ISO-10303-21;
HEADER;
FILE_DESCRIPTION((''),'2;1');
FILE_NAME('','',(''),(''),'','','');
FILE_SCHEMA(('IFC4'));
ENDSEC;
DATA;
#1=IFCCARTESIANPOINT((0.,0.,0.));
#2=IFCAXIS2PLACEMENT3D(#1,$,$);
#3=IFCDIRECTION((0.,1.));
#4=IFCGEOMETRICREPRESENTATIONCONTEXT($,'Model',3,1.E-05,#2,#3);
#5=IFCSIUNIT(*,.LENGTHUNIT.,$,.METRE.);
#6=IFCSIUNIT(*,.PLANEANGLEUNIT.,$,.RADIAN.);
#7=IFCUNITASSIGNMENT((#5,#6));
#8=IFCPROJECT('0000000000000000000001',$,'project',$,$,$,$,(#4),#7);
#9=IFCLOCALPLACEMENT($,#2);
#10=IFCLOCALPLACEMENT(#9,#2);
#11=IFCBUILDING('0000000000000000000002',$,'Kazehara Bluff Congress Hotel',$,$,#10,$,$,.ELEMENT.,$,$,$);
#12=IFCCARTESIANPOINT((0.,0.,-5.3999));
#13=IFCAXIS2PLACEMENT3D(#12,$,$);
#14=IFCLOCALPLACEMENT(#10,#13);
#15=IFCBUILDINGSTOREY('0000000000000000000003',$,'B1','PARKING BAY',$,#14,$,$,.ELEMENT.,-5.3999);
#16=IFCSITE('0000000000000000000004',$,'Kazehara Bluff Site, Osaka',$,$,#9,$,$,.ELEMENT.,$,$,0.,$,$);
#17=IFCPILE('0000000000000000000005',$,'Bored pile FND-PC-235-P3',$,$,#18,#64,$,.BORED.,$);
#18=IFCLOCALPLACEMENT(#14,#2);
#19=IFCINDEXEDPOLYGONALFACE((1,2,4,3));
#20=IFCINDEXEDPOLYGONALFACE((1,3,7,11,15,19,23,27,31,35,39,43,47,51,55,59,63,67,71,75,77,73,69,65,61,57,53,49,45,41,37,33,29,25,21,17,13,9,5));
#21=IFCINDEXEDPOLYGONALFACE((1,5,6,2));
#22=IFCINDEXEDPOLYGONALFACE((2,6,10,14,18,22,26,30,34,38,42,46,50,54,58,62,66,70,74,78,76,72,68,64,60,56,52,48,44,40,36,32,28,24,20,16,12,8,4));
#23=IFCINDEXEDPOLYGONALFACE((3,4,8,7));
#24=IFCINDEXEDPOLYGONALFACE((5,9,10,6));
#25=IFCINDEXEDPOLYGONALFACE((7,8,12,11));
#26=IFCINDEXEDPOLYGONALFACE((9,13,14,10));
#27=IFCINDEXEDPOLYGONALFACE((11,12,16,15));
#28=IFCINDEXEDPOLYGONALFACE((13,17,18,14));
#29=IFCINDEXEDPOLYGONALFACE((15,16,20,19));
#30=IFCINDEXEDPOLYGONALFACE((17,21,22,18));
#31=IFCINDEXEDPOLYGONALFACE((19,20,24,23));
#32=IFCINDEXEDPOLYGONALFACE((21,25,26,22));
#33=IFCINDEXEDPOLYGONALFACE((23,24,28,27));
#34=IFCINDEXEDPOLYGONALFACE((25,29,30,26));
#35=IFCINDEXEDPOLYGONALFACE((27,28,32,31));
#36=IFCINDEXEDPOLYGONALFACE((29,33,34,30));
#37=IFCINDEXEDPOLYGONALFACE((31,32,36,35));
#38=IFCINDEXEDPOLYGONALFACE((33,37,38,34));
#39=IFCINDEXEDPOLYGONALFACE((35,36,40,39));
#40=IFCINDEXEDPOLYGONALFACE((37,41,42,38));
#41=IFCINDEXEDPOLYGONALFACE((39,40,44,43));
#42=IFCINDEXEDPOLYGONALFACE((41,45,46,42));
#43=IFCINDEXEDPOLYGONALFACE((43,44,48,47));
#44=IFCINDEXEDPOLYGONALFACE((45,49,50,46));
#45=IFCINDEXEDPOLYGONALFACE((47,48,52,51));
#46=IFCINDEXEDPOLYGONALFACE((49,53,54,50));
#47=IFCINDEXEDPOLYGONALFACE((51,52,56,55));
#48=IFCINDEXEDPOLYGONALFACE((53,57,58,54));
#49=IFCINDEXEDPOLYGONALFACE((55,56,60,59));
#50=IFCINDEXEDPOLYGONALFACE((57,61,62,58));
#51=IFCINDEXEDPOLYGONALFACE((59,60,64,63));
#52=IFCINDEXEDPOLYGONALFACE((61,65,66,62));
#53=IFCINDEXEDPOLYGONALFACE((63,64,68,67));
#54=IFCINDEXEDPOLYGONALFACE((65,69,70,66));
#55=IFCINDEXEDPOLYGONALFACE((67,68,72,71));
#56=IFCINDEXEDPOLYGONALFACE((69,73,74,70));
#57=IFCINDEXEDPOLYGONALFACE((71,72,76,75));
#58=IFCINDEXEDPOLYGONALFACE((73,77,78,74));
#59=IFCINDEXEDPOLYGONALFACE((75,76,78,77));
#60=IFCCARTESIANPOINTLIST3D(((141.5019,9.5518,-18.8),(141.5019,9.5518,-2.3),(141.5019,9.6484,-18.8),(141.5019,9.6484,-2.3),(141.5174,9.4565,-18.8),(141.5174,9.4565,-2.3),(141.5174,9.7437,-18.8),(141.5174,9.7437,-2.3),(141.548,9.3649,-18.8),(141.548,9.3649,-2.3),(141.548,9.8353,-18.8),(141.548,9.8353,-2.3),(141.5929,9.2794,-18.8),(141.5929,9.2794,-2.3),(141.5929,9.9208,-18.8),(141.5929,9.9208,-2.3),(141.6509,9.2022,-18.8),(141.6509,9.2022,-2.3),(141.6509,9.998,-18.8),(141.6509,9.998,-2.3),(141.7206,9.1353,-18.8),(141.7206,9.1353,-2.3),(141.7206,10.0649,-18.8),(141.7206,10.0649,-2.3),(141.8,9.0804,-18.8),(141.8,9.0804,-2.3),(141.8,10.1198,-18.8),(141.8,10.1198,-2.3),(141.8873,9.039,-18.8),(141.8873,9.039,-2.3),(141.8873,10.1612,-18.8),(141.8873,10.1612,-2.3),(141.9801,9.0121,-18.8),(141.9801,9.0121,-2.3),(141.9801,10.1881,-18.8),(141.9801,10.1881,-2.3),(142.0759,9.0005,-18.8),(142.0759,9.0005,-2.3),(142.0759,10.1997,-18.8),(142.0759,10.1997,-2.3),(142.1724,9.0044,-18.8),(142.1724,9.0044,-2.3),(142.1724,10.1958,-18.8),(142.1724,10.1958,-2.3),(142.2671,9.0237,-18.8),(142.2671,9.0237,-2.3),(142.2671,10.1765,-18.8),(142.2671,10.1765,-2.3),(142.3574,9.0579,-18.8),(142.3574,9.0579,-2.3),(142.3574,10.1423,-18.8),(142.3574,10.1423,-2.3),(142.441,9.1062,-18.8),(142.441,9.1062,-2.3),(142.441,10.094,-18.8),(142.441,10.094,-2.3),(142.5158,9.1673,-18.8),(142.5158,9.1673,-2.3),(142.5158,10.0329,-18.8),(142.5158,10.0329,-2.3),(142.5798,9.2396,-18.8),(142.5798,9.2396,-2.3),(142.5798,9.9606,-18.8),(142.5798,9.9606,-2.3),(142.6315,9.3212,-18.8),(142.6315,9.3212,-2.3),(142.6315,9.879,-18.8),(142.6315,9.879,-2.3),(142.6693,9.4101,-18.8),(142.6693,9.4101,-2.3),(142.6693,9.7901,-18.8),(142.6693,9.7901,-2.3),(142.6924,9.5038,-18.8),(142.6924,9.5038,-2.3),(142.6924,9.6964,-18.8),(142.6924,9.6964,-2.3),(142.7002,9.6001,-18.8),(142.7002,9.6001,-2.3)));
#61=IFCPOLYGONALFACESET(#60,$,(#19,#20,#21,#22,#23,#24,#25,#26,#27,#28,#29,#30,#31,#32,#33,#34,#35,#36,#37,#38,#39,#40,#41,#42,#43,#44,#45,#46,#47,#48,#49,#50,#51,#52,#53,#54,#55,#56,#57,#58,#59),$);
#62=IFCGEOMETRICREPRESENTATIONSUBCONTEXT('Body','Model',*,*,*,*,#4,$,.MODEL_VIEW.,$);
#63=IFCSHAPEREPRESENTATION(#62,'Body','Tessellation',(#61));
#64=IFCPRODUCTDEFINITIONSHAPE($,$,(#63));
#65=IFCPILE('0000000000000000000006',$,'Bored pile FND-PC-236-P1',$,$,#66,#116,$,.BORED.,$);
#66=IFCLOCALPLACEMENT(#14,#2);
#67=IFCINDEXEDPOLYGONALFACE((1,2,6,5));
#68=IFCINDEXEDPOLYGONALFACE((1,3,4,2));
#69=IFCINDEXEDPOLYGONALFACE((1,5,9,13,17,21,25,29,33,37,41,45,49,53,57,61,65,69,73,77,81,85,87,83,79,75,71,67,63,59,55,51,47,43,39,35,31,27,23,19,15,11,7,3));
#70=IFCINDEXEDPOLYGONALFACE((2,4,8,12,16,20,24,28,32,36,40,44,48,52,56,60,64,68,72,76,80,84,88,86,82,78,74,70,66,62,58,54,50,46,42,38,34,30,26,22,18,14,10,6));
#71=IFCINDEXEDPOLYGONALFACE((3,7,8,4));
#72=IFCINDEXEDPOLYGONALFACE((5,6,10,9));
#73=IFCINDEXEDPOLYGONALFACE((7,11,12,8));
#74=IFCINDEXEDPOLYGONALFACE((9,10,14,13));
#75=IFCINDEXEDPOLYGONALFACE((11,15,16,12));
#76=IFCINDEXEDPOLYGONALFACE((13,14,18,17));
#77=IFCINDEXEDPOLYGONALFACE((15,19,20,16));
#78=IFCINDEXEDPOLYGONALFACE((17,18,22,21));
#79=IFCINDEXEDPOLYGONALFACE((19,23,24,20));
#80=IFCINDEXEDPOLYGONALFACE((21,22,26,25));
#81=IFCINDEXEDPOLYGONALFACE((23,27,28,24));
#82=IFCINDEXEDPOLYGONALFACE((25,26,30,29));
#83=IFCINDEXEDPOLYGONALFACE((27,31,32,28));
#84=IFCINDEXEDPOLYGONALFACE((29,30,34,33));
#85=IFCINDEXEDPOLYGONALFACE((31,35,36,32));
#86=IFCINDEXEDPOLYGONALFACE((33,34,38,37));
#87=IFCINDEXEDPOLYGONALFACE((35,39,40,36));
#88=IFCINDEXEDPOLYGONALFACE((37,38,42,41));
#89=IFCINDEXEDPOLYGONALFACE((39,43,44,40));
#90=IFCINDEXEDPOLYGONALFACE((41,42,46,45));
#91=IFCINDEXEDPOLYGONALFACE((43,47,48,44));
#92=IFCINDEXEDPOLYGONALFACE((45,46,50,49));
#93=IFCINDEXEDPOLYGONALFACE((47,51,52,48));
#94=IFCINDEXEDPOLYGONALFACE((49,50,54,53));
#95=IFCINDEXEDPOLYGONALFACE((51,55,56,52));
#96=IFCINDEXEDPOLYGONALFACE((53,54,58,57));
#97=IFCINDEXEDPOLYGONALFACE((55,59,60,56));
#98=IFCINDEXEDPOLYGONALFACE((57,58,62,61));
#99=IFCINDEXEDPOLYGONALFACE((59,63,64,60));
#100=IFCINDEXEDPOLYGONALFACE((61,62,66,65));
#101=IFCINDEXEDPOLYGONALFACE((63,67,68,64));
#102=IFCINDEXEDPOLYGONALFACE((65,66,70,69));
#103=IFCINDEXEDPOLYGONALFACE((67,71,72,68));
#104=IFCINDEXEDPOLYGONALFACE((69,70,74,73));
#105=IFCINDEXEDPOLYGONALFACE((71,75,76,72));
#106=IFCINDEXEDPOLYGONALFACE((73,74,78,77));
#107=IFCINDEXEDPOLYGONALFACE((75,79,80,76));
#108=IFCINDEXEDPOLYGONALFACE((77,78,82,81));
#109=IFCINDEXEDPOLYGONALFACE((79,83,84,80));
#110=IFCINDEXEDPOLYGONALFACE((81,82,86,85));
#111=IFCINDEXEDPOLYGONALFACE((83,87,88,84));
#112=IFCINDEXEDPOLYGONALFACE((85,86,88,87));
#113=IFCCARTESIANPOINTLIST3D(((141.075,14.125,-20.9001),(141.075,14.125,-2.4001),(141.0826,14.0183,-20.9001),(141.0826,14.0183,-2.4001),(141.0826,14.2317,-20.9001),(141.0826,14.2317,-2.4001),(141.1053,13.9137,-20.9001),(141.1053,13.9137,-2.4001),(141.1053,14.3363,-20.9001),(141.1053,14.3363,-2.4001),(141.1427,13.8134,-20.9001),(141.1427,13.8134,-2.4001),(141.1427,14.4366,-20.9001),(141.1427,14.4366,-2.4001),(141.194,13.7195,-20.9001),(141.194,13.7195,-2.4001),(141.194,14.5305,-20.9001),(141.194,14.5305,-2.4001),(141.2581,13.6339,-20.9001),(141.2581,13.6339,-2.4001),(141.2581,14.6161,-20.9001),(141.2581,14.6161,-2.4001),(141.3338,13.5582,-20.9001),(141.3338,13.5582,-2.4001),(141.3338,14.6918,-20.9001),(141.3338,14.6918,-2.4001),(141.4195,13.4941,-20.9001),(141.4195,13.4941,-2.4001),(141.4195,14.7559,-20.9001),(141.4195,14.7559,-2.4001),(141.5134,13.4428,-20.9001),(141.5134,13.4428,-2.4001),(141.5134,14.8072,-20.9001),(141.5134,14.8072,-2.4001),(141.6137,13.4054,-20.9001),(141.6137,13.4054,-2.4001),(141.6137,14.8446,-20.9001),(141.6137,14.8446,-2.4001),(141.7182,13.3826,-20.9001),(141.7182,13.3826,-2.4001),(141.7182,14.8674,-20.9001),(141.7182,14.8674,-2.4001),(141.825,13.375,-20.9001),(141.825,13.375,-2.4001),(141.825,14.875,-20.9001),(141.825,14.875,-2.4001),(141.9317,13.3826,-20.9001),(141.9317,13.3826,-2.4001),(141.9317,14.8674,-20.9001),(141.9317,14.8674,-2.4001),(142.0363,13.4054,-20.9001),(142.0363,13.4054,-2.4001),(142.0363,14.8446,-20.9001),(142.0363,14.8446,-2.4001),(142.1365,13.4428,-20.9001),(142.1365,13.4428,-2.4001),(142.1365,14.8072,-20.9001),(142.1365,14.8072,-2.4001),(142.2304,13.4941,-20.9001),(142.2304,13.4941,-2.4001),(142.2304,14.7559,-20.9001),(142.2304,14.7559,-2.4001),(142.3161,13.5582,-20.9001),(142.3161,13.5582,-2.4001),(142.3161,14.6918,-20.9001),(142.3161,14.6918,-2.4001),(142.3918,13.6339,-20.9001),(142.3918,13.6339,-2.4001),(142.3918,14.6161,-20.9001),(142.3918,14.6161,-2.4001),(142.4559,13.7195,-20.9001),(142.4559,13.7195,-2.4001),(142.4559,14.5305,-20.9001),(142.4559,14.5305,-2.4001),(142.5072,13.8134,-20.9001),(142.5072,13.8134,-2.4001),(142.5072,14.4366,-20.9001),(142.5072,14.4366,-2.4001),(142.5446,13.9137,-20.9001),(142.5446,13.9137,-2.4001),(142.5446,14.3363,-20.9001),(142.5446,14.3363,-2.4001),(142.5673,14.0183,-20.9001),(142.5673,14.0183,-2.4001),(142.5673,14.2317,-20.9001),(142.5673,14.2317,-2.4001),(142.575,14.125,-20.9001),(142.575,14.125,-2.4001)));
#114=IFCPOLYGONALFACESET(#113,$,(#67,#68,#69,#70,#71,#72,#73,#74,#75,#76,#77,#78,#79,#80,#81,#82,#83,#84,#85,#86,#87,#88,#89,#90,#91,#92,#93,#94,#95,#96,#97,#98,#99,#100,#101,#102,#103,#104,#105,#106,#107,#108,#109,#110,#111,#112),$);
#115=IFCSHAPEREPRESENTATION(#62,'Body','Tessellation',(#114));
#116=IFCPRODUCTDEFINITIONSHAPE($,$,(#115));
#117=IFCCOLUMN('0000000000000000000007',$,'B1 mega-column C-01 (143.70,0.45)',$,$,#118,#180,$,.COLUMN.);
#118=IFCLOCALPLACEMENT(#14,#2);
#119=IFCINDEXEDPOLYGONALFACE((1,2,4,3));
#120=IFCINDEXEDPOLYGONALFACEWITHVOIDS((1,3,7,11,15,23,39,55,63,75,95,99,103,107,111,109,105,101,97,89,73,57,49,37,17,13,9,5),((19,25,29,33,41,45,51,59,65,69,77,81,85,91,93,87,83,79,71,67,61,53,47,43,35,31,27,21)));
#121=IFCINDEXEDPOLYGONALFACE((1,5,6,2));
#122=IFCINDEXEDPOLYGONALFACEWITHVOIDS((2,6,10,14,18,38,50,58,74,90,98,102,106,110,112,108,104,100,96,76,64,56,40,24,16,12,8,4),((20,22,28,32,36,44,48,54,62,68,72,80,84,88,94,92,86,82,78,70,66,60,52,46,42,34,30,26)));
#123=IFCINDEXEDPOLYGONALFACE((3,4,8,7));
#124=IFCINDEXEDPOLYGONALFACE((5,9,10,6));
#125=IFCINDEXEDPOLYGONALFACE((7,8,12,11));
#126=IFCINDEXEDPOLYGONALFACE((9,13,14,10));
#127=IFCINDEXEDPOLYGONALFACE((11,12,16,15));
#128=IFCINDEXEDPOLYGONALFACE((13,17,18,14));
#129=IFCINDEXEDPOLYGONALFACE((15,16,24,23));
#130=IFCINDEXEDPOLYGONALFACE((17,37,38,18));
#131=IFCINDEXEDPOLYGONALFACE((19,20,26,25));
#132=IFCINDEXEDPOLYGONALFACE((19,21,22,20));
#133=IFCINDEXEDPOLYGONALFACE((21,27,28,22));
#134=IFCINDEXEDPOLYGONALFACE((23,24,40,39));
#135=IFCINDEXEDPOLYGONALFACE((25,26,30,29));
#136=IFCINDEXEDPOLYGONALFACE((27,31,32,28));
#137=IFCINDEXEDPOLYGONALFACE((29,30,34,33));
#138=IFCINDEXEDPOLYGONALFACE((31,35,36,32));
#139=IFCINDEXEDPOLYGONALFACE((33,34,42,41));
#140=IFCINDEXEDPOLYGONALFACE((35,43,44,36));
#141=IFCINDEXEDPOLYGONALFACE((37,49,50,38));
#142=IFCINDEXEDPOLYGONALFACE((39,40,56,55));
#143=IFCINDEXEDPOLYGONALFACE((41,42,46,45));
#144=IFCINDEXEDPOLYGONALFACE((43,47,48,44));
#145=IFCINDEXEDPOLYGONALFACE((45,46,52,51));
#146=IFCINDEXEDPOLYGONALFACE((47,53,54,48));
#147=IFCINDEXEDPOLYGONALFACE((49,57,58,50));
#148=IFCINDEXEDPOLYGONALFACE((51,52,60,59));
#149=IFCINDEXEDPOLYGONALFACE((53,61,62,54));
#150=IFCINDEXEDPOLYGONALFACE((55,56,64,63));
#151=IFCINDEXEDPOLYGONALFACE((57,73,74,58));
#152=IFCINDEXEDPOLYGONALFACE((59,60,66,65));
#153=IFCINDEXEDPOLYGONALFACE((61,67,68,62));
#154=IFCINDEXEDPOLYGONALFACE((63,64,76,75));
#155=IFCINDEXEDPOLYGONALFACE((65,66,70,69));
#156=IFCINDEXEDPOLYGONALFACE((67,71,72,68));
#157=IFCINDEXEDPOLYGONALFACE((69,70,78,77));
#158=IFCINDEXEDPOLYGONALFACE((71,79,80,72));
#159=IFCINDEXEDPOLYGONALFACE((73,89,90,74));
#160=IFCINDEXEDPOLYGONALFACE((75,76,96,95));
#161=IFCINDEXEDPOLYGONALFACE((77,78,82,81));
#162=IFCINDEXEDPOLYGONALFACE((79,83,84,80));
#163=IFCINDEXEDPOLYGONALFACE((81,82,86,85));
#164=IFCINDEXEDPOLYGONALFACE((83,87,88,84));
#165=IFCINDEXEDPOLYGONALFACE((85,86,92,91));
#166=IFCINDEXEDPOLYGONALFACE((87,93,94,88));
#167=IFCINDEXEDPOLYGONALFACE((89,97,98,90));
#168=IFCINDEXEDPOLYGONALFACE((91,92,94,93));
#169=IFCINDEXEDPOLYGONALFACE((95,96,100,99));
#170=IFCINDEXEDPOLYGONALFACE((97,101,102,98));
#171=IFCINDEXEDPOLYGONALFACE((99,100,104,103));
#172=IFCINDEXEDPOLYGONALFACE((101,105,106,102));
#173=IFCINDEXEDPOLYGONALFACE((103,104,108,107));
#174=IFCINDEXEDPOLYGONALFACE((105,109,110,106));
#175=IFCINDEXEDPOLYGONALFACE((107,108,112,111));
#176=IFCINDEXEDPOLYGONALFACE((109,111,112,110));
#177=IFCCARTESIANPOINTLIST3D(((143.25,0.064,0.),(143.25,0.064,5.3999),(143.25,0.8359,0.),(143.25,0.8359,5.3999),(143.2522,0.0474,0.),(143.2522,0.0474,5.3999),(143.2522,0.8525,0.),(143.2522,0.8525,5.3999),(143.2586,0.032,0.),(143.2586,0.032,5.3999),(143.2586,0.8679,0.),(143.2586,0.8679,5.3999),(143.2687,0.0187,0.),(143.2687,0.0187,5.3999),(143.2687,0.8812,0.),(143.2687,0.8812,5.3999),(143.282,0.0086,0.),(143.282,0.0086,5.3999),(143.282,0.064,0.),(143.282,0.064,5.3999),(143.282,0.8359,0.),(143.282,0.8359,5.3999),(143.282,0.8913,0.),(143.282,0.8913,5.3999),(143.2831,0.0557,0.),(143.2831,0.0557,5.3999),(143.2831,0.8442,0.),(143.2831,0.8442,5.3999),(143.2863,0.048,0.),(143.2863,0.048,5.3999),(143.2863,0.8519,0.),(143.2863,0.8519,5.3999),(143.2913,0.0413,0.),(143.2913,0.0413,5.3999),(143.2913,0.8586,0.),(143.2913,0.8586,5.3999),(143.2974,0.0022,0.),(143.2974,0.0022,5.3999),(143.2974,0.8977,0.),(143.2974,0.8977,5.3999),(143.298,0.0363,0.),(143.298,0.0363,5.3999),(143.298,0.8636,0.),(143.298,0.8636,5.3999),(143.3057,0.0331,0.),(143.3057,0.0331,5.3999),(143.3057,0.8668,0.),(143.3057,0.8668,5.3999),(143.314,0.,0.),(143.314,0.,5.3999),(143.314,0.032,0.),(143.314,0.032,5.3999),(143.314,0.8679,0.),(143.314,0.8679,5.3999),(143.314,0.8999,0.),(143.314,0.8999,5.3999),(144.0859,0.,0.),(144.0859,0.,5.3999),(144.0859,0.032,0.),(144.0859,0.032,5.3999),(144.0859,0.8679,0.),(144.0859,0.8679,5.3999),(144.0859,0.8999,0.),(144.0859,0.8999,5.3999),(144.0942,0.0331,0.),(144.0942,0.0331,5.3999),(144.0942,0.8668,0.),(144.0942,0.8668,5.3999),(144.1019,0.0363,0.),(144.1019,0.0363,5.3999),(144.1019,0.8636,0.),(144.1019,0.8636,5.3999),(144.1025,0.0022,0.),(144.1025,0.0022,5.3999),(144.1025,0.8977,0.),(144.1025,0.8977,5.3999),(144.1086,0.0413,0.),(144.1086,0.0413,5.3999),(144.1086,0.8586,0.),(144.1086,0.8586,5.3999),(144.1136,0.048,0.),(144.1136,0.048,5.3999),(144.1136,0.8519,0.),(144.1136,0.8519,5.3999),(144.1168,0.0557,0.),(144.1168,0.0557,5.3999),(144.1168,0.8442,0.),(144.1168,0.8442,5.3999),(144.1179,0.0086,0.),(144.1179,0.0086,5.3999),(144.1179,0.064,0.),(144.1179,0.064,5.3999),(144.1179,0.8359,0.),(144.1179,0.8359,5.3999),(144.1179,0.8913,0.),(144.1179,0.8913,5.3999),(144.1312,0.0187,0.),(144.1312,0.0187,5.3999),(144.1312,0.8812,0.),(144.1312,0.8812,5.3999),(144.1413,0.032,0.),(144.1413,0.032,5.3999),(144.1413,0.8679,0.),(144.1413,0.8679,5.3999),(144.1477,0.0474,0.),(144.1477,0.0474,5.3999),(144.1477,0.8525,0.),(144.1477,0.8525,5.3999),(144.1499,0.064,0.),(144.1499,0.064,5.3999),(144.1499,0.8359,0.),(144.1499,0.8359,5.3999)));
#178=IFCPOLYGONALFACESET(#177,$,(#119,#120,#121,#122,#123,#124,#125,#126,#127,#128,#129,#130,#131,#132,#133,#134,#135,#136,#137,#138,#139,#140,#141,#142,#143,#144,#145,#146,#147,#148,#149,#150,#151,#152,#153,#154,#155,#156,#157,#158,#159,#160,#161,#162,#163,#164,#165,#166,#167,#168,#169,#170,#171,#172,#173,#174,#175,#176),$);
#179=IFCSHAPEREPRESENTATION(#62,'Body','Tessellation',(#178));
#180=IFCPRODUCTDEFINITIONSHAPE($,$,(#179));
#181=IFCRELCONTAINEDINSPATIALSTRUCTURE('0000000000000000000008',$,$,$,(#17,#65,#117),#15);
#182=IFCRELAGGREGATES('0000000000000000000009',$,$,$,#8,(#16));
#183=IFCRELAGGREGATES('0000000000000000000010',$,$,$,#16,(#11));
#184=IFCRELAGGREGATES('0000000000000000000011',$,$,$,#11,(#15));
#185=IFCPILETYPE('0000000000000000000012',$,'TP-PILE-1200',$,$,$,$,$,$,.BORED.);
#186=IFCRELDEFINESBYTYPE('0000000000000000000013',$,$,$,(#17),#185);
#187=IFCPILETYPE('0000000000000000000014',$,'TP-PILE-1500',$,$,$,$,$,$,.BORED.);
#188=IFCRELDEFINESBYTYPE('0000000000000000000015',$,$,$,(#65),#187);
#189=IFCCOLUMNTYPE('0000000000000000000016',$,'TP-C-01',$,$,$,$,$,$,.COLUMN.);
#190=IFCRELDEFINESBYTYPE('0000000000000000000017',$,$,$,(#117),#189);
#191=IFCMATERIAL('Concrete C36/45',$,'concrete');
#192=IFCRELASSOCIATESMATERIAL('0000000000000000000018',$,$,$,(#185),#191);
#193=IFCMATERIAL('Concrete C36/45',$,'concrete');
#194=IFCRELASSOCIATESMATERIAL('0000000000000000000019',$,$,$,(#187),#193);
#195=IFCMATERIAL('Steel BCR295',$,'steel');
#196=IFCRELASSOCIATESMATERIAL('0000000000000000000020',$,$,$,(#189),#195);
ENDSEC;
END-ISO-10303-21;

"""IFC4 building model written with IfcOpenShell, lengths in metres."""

from ifc_helpers import new_model, si_unit, direction, frame, origin, origin_2d, place, context, subcontext, project, spatial, hollow_rectangle, circle, extrude, material, material_profile, profile_set, type_object, element, save


model = new_model("IFC4")

# Units and contexts
model_context = context("Model", 3, precision=1e-05, world=origin(), true_north=direction((0.0, 1.0)))
body_context = subcontext(model_context, "Body", "Model", "MODEL_VIEW")
ifc_project = project(units=[si_unit("LENGTHUNIT", "METRE"), si_unit("PLANEANGLEUNIT", "RADIAN")], contexts=[model_context])

# Site, building, storey
site_placement = place(None, origin())
site = spatial("IfcSite", under=ifc_project, at=site_placement, Name="Kazehara Bluff Site, Osaka", CompositionType="ELEMENT", RefElevation=0.0)
building_placement = place(site_placement, origin())
building = spatial("IfcBuilding", under=site, at=building_placement, Name="Kazehara Bluff Congress Hotel", CompositionType="ELEMENT")
storey_placement = place(building_placement, frame((0.0, 0.0, -5.3999)))
storey = spatial("IfcBuildingStorey", under=building, at=storey_placement, Name="B1", Description="PARKING BAY", CompositionType="ELEMENT", Elevation=-5.3999)

# Piles
ifc_material_1 = material(Name="Concrete C36/45", Category="concrete")
ifc_material_profile_1 = material_profile(ifc_material_1, circle(Radius=0.6001, at=origin_2d()))
ifc_profile_set_1 = profile_set([ifc_material_profile_1], Name="Concrete C36/45")
pile_type_1 = type_object("IfcPileType", Name="TP-PILE-1200", PredefinedType="BORED", material=ifc_profile_set_1)
for number, where, z_axis, x_axis, name in (
    (1, (142.1001, 9.6001, -2.3), (0.0, 0.0, -1.0), (1.0, 0.0, 0.0), "Bored pile FND-PC-235-P3"),
):
    element("IfcPile", number, at=place(storey_placement, frame(where, z_axis=z_axis, x_axis=x_axis)), inside=storey, type_object=pile_type_1, Name=name, PredefinedType="BORED", context=body_context, shape_type="SweptSolid", body=[
        extrude(circle(Radius=0.6001, at=origin_2d()), origin(), (0.0, 0.0, 1.0), 16.5),
    ])
ifc_material_2 = material(Name="Concrete C36/45", Category="concrete")
ifc_material_profile_2 = material_profile(ifc_material_2, circle(Radius=0.75, at=origin_2d()))
ifc_profile_set_2 = profile_set([ifc_material_profile_2], Name="Concrete C36/45")
pile_type_2 = type_object("IfcPileType", Name="TP-PILE-1500", PredefinedType="BORED", material=ifc_profile_set_2)
pile_placement = place(storey_placement, frame((141.825, 14.125, -2.4001), z_axis=(0.0, 0.0, -1.0), x_axis=(1.0, 0.0, 0.0)))
element("IfcPile", 2, at=pile_placement, inside=storey, type_object=pile_type_2, Name="Bored pile FND-PC-236-P1", PredefinedType="BORED", context=body_context, shape_type="SweptSolid", body=[
    extrude(circle(Radius=0.75, at=origin_2d()), origin(), (0.0, 0.0, 1.0), 18.5),
])

# Column
ifc_material_3 = material(Name="Steel BCR295", Category="steel")
ifc_material_profile_3 = material_profile(ifc_material_3, hollow_rectangle(XDim=0.8999, YDim=0.8999, WallThickness=0.032, InnerFilletRadius=0.032, OuterFilletRadius=0.064, at=origin_2d()))
ifc_profile_set_3 = profile_set([ifc_material_profile_3], Name="Steel BCR295")
column_type_1 = type_object("IfcColumnType", Name="TP-C-01", PredefinedType="COLUMN", material=ifc_profile_set_3)
for number, where, z_axis, x_axis, name in (
    (3, (143.7, 0.45, 0.0), (0.0, 0.0, 1.0), (1.0, 0.0, 0.0), "B1 mega-column C-01 (143.70,0.45)"),
):
    element("IfcColumn", number, at=place(storey_placement, frame(where, z_axis=z_axis, x_axis=x_axis)), inside=storey, type_object=column_type_1, Name=name, PredefinedType="COLUMN", context=body_context, shape_type="SweptSolid", body=[
        extrude(hollow_rectangle(XDim=0.8999, YDim=0.8999, WallThickness=0.032, InnerFilletRadius=0.032, OuterFilletRadius=0.064, at=origin_2d()), origin(), (0.0, 0.0, 1.0), 5.3999),
    ])

save(model, "model.ifc")
